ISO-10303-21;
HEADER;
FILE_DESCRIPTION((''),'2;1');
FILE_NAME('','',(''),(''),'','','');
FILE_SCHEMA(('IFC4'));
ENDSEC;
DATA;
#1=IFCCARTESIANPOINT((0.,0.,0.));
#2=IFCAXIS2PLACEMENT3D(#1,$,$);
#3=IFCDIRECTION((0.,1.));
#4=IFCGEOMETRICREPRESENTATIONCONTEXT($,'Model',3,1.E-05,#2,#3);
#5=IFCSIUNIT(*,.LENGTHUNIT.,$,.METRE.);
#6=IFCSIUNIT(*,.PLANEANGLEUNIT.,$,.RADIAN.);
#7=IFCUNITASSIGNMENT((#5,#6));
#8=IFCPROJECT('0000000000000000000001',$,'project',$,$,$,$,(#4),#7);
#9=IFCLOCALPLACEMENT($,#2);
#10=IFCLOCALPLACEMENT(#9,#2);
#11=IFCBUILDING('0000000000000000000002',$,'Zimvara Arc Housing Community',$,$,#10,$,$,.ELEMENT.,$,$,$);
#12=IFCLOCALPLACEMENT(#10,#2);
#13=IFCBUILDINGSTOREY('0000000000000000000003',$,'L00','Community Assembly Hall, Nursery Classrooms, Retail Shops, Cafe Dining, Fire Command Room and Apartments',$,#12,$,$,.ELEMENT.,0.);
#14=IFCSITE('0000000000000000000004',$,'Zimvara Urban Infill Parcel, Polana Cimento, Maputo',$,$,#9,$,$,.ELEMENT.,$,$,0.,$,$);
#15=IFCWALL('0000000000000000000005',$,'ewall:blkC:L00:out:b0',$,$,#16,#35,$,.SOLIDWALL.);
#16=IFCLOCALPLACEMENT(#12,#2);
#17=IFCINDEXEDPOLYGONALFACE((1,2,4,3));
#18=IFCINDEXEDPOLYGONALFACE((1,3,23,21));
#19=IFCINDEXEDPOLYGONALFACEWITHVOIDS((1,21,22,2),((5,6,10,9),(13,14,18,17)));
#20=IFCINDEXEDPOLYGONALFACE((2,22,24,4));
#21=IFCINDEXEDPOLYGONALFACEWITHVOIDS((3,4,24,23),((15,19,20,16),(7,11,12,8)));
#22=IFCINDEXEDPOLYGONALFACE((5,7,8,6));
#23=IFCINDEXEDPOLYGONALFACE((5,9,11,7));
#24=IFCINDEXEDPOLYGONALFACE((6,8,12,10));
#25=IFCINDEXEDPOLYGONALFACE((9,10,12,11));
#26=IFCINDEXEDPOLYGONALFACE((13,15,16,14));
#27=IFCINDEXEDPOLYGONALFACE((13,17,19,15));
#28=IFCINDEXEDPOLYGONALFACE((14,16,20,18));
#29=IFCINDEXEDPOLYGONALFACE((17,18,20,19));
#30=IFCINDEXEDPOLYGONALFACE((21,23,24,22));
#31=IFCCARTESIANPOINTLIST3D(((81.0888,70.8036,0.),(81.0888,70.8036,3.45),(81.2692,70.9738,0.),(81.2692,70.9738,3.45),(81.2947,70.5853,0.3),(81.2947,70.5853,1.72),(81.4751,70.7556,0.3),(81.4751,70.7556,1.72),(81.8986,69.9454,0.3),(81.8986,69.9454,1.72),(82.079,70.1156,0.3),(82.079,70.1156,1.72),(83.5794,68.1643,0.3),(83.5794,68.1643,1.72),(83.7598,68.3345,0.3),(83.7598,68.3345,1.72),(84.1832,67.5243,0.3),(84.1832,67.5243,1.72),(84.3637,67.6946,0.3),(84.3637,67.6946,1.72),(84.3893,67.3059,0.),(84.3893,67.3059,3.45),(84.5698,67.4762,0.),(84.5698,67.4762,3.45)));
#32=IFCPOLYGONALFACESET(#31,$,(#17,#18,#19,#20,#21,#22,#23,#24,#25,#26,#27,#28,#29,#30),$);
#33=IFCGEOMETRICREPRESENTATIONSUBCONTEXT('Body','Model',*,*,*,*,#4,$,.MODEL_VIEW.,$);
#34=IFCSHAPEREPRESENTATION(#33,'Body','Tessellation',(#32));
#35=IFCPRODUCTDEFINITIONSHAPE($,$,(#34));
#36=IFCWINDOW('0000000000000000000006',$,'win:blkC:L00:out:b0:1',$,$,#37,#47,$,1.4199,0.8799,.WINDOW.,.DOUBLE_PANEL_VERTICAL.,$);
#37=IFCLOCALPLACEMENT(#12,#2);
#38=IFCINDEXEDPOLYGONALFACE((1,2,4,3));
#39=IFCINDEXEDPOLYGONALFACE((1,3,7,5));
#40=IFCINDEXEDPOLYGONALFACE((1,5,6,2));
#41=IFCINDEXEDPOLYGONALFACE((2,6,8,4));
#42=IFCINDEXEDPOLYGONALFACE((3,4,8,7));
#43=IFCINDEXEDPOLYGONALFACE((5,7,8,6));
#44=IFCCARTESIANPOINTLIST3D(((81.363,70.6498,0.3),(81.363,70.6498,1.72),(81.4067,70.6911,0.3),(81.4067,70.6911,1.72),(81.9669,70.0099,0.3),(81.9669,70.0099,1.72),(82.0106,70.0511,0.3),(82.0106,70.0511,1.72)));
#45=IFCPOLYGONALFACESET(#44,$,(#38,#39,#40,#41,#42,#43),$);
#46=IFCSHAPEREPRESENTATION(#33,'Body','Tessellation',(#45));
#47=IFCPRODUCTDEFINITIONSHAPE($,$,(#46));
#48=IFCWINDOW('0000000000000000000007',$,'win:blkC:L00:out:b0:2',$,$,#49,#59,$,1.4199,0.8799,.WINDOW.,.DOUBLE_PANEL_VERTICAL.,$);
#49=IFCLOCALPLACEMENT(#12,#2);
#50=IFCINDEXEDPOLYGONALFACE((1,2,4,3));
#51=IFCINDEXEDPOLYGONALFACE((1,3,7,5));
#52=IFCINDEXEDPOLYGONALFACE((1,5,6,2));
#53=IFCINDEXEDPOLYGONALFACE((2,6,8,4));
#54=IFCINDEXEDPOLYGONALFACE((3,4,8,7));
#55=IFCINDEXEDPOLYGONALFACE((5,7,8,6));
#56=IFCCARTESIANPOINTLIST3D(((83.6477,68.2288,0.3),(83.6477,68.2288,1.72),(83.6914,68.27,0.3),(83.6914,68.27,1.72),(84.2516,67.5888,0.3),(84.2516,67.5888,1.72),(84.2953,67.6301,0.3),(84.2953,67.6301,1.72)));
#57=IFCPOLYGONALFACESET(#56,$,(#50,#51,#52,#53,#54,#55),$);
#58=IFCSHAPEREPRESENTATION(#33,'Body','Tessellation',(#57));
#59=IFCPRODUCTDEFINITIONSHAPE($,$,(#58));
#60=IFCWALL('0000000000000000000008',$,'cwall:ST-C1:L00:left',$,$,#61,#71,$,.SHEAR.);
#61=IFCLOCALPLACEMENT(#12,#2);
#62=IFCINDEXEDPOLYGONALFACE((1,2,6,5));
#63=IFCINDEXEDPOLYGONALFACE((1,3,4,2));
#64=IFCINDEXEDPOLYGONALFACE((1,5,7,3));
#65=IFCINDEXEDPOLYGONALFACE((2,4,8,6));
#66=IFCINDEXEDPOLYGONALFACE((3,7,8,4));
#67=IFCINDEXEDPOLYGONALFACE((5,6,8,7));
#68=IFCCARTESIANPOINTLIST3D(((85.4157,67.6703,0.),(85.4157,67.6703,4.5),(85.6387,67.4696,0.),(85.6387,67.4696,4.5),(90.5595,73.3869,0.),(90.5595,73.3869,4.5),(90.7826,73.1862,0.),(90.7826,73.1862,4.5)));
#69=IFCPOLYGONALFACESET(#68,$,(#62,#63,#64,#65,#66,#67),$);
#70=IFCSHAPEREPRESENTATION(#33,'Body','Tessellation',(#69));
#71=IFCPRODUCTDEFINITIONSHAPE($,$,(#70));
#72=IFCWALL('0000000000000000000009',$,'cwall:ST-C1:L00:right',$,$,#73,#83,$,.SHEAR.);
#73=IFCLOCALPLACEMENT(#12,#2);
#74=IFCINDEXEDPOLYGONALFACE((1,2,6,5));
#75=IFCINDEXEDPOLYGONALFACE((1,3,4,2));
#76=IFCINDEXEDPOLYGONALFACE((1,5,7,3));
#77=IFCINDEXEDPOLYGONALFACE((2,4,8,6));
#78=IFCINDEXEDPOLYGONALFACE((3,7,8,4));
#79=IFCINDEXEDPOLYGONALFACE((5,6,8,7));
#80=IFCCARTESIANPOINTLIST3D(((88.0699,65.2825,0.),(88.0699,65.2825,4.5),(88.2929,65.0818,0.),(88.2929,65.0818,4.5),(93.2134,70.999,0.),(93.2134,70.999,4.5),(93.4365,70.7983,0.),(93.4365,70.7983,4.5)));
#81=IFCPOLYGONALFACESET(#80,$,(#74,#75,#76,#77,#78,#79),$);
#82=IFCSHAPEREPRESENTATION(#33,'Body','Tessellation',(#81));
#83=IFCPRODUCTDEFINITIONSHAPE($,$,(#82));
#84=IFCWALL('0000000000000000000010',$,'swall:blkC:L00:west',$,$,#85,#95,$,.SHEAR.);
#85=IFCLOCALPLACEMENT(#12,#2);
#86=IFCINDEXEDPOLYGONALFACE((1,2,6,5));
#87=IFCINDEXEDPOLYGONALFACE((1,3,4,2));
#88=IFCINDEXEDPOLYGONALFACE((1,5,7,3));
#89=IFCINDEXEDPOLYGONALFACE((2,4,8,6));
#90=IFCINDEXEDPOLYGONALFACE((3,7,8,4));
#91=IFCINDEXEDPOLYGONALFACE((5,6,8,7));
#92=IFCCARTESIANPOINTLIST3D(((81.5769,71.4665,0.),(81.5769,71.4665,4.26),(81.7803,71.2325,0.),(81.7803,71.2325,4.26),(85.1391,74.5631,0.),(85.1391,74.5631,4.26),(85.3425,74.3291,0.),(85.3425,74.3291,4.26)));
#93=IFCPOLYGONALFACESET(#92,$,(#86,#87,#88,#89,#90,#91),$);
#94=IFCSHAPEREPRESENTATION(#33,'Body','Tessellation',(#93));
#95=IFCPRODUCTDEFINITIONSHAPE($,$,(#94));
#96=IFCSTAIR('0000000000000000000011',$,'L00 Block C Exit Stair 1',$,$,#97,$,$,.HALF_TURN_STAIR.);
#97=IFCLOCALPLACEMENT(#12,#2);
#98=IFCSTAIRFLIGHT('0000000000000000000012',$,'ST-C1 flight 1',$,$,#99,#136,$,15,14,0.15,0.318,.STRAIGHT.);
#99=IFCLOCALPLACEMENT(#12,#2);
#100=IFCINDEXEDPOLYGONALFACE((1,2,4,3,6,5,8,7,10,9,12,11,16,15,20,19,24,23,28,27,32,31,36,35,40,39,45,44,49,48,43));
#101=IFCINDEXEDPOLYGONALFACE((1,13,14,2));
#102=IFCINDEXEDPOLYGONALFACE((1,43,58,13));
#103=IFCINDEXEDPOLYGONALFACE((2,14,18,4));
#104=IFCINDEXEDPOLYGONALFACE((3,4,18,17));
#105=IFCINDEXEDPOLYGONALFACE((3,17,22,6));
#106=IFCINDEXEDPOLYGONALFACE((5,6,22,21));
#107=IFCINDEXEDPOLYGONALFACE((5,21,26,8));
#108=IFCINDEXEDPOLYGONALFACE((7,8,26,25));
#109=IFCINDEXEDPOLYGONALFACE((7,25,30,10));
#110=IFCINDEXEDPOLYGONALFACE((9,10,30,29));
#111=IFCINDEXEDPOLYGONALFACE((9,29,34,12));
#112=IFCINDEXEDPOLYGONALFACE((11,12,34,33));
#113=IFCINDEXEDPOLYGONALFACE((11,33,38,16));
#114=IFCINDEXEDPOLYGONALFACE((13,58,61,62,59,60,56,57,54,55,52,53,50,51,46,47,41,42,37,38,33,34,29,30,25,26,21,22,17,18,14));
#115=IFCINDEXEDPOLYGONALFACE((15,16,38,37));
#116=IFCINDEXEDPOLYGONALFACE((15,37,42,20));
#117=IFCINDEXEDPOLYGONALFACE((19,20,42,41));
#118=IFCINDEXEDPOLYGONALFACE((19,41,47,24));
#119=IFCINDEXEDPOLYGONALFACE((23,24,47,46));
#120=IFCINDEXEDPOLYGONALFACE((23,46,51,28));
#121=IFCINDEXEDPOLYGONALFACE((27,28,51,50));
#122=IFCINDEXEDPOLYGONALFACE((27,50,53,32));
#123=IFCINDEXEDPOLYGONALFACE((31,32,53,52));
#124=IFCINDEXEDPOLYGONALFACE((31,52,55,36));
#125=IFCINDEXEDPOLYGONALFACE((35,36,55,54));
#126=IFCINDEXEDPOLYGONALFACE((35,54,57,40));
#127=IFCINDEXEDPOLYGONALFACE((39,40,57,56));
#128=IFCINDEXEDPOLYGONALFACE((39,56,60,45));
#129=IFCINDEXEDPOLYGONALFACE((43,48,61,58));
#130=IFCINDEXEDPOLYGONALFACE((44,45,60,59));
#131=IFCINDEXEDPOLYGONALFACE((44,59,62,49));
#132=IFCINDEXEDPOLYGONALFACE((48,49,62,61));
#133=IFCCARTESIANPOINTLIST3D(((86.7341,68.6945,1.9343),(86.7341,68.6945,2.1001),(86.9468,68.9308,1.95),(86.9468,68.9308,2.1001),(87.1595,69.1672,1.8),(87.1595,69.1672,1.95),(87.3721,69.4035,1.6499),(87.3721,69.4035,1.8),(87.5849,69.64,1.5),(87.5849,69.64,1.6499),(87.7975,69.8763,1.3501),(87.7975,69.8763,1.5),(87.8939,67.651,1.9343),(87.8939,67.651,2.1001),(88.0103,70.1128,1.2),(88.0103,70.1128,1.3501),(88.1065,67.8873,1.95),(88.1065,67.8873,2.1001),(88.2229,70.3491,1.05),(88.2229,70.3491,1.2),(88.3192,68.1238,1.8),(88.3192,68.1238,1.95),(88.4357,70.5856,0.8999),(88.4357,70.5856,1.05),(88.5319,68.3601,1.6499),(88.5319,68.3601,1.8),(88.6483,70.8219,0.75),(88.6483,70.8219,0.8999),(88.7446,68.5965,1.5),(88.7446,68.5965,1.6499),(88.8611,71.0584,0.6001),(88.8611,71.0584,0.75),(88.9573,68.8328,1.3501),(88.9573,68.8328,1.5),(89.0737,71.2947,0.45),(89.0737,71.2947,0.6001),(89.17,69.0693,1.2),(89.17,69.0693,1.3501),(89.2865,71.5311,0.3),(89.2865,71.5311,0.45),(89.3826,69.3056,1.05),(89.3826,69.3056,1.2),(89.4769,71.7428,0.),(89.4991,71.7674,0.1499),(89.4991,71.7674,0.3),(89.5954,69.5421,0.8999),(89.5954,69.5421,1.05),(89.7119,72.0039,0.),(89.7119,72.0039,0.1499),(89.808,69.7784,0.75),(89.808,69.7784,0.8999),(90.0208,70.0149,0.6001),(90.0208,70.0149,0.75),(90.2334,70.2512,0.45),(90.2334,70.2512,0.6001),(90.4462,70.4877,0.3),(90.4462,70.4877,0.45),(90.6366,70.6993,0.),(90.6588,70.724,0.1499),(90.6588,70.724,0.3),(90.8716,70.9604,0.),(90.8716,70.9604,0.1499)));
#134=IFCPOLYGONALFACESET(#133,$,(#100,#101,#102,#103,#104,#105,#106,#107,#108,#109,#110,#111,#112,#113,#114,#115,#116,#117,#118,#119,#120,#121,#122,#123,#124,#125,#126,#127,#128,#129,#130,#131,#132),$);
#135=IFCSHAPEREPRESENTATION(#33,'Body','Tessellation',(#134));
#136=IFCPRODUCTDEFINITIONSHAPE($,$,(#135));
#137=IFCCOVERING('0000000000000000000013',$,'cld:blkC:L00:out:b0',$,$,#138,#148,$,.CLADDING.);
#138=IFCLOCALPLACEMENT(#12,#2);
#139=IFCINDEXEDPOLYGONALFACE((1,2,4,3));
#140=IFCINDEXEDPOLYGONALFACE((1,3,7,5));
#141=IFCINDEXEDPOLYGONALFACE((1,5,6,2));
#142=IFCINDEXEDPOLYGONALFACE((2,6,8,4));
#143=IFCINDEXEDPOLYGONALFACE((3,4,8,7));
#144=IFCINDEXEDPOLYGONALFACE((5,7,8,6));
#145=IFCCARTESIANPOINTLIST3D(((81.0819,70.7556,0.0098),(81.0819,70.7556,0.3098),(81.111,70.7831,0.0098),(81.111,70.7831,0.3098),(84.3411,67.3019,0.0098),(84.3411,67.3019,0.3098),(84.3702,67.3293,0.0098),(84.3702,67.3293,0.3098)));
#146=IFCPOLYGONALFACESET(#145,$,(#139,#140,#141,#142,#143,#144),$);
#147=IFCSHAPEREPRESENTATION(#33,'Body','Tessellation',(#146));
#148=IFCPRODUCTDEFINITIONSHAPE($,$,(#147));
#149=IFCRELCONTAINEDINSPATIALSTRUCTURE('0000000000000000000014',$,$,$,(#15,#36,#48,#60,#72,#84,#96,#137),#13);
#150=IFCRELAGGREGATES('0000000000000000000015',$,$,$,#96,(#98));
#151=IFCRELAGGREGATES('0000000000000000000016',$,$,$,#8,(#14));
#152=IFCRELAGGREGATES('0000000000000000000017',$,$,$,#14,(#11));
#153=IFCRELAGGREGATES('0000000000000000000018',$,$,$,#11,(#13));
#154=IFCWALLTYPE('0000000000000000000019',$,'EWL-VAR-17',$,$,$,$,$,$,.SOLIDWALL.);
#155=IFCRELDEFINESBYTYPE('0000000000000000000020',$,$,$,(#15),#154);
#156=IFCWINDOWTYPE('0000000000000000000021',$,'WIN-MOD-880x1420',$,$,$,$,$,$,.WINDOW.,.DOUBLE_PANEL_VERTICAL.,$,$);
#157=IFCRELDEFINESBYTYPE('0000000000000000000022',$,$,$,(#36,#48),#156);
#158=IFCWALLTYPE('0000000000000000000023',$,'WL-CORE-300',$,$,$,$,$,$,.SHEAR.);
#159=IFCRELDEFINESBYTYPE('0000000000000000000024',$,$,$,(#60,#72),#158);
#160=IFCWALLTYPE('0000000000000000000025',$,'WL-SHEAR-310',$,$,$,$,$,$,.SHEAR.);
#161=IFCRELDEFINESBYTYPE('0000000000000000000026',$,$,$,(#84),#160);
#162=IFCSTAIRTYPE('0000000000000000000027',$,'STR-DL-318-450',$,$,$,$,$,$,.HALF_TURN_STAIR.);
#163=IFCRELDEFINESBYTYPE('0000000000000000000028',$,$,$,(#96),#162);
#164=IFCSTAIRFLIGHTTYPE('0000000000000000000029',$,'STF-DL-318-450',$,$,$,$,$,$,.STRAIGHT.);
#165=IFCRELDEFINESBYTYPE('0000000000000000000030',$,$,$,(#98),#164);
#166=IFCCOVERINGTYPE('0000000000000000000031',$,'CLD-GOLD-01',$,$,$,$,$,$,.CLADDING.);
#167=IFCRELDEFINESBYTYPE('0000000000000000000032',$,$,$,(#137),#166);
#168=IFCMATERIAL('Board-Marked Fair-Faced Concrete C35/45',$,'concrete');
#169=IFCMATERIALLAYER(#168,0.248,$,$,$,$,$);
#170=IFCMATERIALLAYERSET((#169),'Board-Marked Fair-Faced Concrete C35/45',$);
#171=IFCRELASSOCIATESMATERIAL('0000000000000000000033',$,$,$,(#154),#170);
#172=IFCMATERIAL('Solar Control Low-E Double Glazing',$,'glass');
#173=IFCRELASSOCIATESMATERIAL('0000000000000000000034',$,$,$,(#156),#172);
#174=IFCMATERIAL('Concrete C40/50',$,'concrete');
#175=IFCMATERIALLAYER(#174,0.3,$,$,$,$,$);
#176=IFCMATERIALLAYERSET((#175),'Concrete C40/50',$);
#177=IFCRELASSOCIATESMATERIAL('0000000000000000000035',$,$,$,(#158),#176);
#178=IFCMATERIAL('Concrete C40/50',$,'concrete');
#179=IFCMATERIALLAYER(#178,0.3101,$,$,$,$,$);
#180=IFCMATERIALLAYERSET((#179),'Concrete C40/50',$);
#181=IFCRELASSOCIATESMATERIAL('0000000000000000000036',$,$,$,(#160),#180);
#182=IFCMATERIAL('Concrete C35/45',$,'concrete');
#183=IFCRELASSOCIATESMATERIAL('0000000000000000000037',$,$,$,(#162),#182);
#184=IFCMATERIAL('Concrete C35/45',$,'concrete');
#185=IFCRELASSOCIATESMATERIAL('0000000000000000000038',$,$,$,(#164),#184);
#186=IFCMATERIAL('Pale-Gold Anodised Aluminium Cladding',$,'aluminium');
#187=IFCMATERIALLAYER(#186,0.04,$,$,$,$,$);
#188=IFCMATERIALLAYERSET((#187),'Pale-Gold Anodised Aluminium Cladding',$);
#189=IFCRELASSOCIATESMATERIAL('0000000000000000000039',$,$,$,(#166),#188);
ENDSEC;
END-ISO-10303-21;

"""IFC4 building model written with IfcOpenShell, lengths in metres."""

from ifc_helpers import new_model, si_unit, direction, frame, frame_2d, origin, origin_2d, place, context, subcontext, project, spatial, polyline, rectangle, outline, extrude, material, layer, layer_set, type_object, element, fill, aggregate, save


model = new_model("IFC4")

# Units and contexts
model_context = context("Model", 3, precision=1e-05, world=origin(), true_north=direction((0.0, 1.0)))
body_context = subcontext(model_context, "Body", "Model", "MODEL_VIEW")
ifc_project = project(units=[si_unit("LENGTHUNIT", "METRE"), si_unit("PLANEANGLEUNIT", "RADIAN")], contexts=[model_context])

# Site, building, storey
site_placement = place(None, origin())
site = spatial("IfcSite", under=ifc_project, at=site_placement, Name="Zimvara Urban Infill Parcel, Polana Cimento, Maputo", CompositionType="ELEMENT", RefElevation=0.0)
building_placement = place(site_placement, origin())
building = spatial("IfcBuilding", under=site, at=building_placement, Name="Zimvara Arc Housing Community", CompositionType="ELEMENT")
storey_placement = place(building_placement, origin())
storey = spatial("IfcBuildingStorey", under=building, at=storey_placement, Name="L00", Description="Community Assembly Hall, Nursery Classrooms, Retail Shops, Cafe Dining, Fire Command Room and Apartments", CompositionType="ELEMENT", Elevation=0.0)

# Wall, openings, windows
ifc_material_1 = material(Name="Board-Marked Fair-Faced Concrete C35/45", Category="concrete")
ifc_layer_1 = layer(ifc_material_1, 0.248)
ifc_layer_set_1 = layer_set([ifc_layer_1], Name="Board-Marked Fair-Faced Concrete C35/45")
wall_type_1 = type_object("IfcWallType", Name="EWL-VAR-17", PredefinedType="SOLIDWALL", material=ifc_layer_set_1)
wall_1_placement = place(storey_placement, frame((81.179, 70.8887, 0.0), z_axis=(0.0, 0.0, 1.0), x_axis=(0.686325, -0.727295, 0.0)))
wall_1 = element("IfcWall", 1, at=wall_1_placement, inside=storey, type_object=wall_type_1, Name="ewall:blkC:L00:out:b0", PredefinedType="SOLIDWALL", context=body_context, shape_type="SweptSolid", body=[
    extrude(rectangle(XDim=4.8091, YDim=0.248, at=frame_2d((2.4045, 0.0))), origin(), (0.0, 0.0, 1.0), 3.45),
])
opening_1_placement = place(wall_1_placement, frame((0.3, 0.0, 0.3)))
opening_1 = element("IfcOpeningElement", 2, at=opening_1_placement, cuts=wall_1, PredefinedType="OPENING", context=body_context, shape_type="SweptSolid", body=[
    extrude(rectangle(XDim=0.8799, YDim=1.4199, at=frame_2d((0.4399, 0.71))), frame((0.0, 0.134, 0.0), z_axis=(0.0, -1.0, 0.0), x_axis=(1.0, 0.0, 0.0)), (0.0, 0.0, 1.0), 0.2681),
])
opening_2_placement = place(wall_1_placement, frame((3.6289, 0.0, 0.3)))
opening_2 = element("IfcOpeningElement", 3, at=opening_2_placement, cuts=wall_1, PredefinedType="OPENING", context=body_context, shape_type="SweptSolid", body=[
    extrude(rectangle(XDim=0.8799, YDim=1.4199, at=frame_2d((0.4399, 0.71))), frame((0.0, 0.134, 0.0), z_axis=(0.0, -1.0, 0.0), x_axis=(1.0, 0.0, 0.0)), (0.0, 0.0, 1.0), 0.2681),
])
ifc_material_2 = material(Name="Solar Control Low-E Double Glazing", Category="glass")
window_type = type_object("IfcWindowType", Name="WIN-MOD-880x1420", PartitioningType="DOUBLE_PANEL_VERTICAL", PredefinedType="WINDOW", material=ifc_material_2)
window_1_placement = place(opening_1_placement, origin())
window_1 = element("IfcWindow", 4, at=window_1_placement, inside=storey, type_object=window_type, Name="win:blkC:L00:out:b0:1", OverallHeight=1.4199, OverallWidth=0.8799, PartitioningType="DOUBLE_PANEL_VERTICAL", PredefinedType="WINDOW", context=body_context, shape_type="SweptSolid", body=[
    extrude(rectangle(XDim=0.8799, YDim=1.4199, at=frame_2d((0.4399, 0.71))), frame((0.0, 0.03, 0.0), z_axis=(0.0, -1.0, 0.0), x_axis=(1.0, 0.0, 0.0)), (0.0, 0.0, 1.0), 0.0601),
])
fill(opening_1, window_1)
window_2_placement = place(opening_2_placement, origin())
window_2 = element("IfcWindow", 5, at=window_2_placement, inside=storey, type_object=window_type, Name="win:blkC:L00:out:b0:2", OverallHeight=1.4199, OverallWidth=0.8799, PartitioningType="DOUBLE_PANEL_VERTICAL", PredefinedType="WINDOW", context=body_context, shape_type="SweptSolid", body=[
    extrude(rectangle(XDim=0.8799, YDim=1.4199, at=frame_2d((0.4399, 0.71))), frame((0.0, 0.03, 0.0), z_axis=(0.0, -1.0, 0.0), x_axis=(1.0, 0.0, 0.0)), (0.0, 0.0, 1.0), 0.0601),
])
fill(opening_2, window_2)

# Shared definitions
ifc_material_3 = material(Name="Concrete C40/50", Category="concrete")
ifc_layer_2 = layer(ifc_material_3, 0.3)
ifc_layer_set_2 = layer_set([ifc_layer_2], Name="Concrete C40/50")
wall_type_2 = type_object("IfcWallType", Name="WL-CORE-300", PredefinedType="SHEAR", material=ifc_layer_set_2)

# Walls
wall_2_placement = place(storey_placement, frame((90.6711, 73.2866, 0.0), z_axis=(0.0, 0.0, 1.0), x_axis=(-0.668886, -0.743365, 0.0)))
element("IfcWall", 6, at=wall_2_placement, inside=storey, type_object=wall_type_2, Name="cwall:ST-C1:L00:left", PredefinedType="SHEAR", context=body_context, shape_type="SweptSolid", body=[
    extrude(rectangle(XDim=7.6902, YDim=0.3, at=frame_2d((3.8452, 0.0))), origin(), (0.0, 0.0, 1.0), 4.5),
])
wall_3_placement = place(storey_placement, frame((93.325, 70.8987, 0.0), z_axis=(0.0, 0.0, 1.0), x_axis=(-0.668868, -0.743381, 0.0)))
element("IfcWall", 7, at=wall_3_placement, inside=storey, type_object=wall_type_2, Name="cwall:ST-C1:L00:right", PredefinedType="SHEAR", context=body_context, shape_type="SweptSolid", body=[
    extrude(rectangle(XDim=7.6899, YDim=0.3, at=frame_2d((3.845, 0.0))), origin(), (0.0, 0.0, 1.0), 4.5),
])
ifc_material_4 = material(Name="Concrete C40/50", Category="concrete")
ifc_layer_3 = layer(ifc_material_4, 0.3101)
ifc_layer_set_3 = layer_set([ifc_layer_3], Name="Concrete C40/50")
wall_type_3 = type_object("IfcWallType", Name="WL-SHEAR-310", PredefinedType="SHEAR", material=ifc_layer_set_3)
wall_4_placement = place(storey_placement, frame((85.2407, 74.446, 0.0), z_axis=(0.0, 0.0, 1.0), x_axis=(-0.754704, -0.656066, 0.0)))
element("IfcWall", 8, at=wall_4_placement, inside=storey, type_object=wall_type_3, Name="swall:blkC:L00:west", PredefinedType="SHEAR", context=body_context, shape_type="SweptSolid", body=[
    extrude(rectangle(XDim=4.72, YDim=0.3101, at=frame_2d((2.3599, 0.0))), origin(), (0.0, 0.0, 1.0), 4.26),
])

# Stair, stair flight
ifc_material_5 = material(Name="Concrete C35/45", Category="concrete")
stair_type = type_object("IfcStairType", Name="STR-DL-318-450", PredefinedType="HALF_TURN_STAIR", material=ifc_material_5)
stair_placement = place(storey_placement, origin())
stair = element("IfcStair", 9, at=stair_placement, inside=storey, type_object=stair_type, Name="L00 Block C Exit Stair 1", PredefinedType="HALF_TURN_STAIR")
ifc_material_6 = material(Name="Concrete C35/45", Category="concrete")
stair_flight_type = type_object("IfcStairFlightType", Name="STF-DL-318-450", PredefinedType="STRAIGHT", material=ifc_material_6)
stair_flight_placement = place(storey_placement, frame((90.2917, 71.4822, 0.0), z_axis=(0.0, 0.0, 1.0), x_axis=(-0.668871, -0.743378, 0.0)))
stair_flight = element("IfcStairFlight", 10, at=stair_flight_placement, type_object=stair_flight_type, Name="ST-C1 flight 1", NumberOfRisers=15, NumberOfTreads=14, PredefinedType="STRAIGHT", RiserHeight=0.15, TreadLength=0.318, context=body_context, shape_type="SweptSolid", body=[
    extrude(outline(polyline([(0.0, 0.0), (0.0, 0.1499), (0.3181, 0.1499), (0.3181, 0.3), (0.636, 0.3), (0.636, 0.45), (0.9541, 0.45), (0.9541, 0.6001), (1.272, 0.6001), (1.272, 0.75), (1.5901, 0.75), (1.5901, 0.8999), (1.908, 0.8999), (1.908, 1.05), (2.2261, 1.05), (2.2261, 1.2), (2.5439, 1.2), (2.5439, 1.3501), (2.8621, 1.3501), (2.8621, 1.5), (3.1799, 1.5), (3.1799, 1.6499), (3.498, 1.6499), (3.498, 1.8), (3.8159, 1.8), (3.8159, 1.95), (4.134, 1.95), (4.134, 2.1001), (4.4519, 2.1001), (4.4519, 2.25), (4.4519, 1.9343), (0.3513, 0.0), (0.0, 0.0)])), frame((0.0, 0.78, 0.0), z_axis=(0.0, -1.0, 0.0), x_axis=(1.0, 0.0, 0.0)), (0.0, 0.0, 1.0), 1.5601),
])
aggregate(stair, [stair_flight])

# Covering
ifc_material_7 = material(Name="Pale-Gold Anodised Aluminium Cladding", Category="aluminium")
ifc_layer_4 = layer(ifc_material_7, 0.04)
ifc_layer_set_4 = layer_set([ifc_layer_4], Name="Pale-Gold Anodised Aluminium Cladding")
covering_type = type_object("IfcCoveringType", Name="CLD-GOLD-01", PredefinedType="CLADDING", material=ifc_layer_set_4)
covering_placement = place(storey_placement, frame((82.7261, 69.0425, 0.0098), z_axis=(0.0, 0.0, 1.0), x_axis=(0.686326, -0.727294, 0.0)))
element("IfcCovering", 11, at=covering_placement, inside=storey, type_object=covering_type, Name="cld:blkC:L00:out:b0", PredefinedType="CLADDING", context=body_context, shape_type="SweptSolid", body=[
    extrude(rectangle(XDim=4.7488, YDim=0.04, at=origin_2d()), origin(), (0.0, 0.0, 1.0), 0.3),
])

save(model, "model.ifc")
